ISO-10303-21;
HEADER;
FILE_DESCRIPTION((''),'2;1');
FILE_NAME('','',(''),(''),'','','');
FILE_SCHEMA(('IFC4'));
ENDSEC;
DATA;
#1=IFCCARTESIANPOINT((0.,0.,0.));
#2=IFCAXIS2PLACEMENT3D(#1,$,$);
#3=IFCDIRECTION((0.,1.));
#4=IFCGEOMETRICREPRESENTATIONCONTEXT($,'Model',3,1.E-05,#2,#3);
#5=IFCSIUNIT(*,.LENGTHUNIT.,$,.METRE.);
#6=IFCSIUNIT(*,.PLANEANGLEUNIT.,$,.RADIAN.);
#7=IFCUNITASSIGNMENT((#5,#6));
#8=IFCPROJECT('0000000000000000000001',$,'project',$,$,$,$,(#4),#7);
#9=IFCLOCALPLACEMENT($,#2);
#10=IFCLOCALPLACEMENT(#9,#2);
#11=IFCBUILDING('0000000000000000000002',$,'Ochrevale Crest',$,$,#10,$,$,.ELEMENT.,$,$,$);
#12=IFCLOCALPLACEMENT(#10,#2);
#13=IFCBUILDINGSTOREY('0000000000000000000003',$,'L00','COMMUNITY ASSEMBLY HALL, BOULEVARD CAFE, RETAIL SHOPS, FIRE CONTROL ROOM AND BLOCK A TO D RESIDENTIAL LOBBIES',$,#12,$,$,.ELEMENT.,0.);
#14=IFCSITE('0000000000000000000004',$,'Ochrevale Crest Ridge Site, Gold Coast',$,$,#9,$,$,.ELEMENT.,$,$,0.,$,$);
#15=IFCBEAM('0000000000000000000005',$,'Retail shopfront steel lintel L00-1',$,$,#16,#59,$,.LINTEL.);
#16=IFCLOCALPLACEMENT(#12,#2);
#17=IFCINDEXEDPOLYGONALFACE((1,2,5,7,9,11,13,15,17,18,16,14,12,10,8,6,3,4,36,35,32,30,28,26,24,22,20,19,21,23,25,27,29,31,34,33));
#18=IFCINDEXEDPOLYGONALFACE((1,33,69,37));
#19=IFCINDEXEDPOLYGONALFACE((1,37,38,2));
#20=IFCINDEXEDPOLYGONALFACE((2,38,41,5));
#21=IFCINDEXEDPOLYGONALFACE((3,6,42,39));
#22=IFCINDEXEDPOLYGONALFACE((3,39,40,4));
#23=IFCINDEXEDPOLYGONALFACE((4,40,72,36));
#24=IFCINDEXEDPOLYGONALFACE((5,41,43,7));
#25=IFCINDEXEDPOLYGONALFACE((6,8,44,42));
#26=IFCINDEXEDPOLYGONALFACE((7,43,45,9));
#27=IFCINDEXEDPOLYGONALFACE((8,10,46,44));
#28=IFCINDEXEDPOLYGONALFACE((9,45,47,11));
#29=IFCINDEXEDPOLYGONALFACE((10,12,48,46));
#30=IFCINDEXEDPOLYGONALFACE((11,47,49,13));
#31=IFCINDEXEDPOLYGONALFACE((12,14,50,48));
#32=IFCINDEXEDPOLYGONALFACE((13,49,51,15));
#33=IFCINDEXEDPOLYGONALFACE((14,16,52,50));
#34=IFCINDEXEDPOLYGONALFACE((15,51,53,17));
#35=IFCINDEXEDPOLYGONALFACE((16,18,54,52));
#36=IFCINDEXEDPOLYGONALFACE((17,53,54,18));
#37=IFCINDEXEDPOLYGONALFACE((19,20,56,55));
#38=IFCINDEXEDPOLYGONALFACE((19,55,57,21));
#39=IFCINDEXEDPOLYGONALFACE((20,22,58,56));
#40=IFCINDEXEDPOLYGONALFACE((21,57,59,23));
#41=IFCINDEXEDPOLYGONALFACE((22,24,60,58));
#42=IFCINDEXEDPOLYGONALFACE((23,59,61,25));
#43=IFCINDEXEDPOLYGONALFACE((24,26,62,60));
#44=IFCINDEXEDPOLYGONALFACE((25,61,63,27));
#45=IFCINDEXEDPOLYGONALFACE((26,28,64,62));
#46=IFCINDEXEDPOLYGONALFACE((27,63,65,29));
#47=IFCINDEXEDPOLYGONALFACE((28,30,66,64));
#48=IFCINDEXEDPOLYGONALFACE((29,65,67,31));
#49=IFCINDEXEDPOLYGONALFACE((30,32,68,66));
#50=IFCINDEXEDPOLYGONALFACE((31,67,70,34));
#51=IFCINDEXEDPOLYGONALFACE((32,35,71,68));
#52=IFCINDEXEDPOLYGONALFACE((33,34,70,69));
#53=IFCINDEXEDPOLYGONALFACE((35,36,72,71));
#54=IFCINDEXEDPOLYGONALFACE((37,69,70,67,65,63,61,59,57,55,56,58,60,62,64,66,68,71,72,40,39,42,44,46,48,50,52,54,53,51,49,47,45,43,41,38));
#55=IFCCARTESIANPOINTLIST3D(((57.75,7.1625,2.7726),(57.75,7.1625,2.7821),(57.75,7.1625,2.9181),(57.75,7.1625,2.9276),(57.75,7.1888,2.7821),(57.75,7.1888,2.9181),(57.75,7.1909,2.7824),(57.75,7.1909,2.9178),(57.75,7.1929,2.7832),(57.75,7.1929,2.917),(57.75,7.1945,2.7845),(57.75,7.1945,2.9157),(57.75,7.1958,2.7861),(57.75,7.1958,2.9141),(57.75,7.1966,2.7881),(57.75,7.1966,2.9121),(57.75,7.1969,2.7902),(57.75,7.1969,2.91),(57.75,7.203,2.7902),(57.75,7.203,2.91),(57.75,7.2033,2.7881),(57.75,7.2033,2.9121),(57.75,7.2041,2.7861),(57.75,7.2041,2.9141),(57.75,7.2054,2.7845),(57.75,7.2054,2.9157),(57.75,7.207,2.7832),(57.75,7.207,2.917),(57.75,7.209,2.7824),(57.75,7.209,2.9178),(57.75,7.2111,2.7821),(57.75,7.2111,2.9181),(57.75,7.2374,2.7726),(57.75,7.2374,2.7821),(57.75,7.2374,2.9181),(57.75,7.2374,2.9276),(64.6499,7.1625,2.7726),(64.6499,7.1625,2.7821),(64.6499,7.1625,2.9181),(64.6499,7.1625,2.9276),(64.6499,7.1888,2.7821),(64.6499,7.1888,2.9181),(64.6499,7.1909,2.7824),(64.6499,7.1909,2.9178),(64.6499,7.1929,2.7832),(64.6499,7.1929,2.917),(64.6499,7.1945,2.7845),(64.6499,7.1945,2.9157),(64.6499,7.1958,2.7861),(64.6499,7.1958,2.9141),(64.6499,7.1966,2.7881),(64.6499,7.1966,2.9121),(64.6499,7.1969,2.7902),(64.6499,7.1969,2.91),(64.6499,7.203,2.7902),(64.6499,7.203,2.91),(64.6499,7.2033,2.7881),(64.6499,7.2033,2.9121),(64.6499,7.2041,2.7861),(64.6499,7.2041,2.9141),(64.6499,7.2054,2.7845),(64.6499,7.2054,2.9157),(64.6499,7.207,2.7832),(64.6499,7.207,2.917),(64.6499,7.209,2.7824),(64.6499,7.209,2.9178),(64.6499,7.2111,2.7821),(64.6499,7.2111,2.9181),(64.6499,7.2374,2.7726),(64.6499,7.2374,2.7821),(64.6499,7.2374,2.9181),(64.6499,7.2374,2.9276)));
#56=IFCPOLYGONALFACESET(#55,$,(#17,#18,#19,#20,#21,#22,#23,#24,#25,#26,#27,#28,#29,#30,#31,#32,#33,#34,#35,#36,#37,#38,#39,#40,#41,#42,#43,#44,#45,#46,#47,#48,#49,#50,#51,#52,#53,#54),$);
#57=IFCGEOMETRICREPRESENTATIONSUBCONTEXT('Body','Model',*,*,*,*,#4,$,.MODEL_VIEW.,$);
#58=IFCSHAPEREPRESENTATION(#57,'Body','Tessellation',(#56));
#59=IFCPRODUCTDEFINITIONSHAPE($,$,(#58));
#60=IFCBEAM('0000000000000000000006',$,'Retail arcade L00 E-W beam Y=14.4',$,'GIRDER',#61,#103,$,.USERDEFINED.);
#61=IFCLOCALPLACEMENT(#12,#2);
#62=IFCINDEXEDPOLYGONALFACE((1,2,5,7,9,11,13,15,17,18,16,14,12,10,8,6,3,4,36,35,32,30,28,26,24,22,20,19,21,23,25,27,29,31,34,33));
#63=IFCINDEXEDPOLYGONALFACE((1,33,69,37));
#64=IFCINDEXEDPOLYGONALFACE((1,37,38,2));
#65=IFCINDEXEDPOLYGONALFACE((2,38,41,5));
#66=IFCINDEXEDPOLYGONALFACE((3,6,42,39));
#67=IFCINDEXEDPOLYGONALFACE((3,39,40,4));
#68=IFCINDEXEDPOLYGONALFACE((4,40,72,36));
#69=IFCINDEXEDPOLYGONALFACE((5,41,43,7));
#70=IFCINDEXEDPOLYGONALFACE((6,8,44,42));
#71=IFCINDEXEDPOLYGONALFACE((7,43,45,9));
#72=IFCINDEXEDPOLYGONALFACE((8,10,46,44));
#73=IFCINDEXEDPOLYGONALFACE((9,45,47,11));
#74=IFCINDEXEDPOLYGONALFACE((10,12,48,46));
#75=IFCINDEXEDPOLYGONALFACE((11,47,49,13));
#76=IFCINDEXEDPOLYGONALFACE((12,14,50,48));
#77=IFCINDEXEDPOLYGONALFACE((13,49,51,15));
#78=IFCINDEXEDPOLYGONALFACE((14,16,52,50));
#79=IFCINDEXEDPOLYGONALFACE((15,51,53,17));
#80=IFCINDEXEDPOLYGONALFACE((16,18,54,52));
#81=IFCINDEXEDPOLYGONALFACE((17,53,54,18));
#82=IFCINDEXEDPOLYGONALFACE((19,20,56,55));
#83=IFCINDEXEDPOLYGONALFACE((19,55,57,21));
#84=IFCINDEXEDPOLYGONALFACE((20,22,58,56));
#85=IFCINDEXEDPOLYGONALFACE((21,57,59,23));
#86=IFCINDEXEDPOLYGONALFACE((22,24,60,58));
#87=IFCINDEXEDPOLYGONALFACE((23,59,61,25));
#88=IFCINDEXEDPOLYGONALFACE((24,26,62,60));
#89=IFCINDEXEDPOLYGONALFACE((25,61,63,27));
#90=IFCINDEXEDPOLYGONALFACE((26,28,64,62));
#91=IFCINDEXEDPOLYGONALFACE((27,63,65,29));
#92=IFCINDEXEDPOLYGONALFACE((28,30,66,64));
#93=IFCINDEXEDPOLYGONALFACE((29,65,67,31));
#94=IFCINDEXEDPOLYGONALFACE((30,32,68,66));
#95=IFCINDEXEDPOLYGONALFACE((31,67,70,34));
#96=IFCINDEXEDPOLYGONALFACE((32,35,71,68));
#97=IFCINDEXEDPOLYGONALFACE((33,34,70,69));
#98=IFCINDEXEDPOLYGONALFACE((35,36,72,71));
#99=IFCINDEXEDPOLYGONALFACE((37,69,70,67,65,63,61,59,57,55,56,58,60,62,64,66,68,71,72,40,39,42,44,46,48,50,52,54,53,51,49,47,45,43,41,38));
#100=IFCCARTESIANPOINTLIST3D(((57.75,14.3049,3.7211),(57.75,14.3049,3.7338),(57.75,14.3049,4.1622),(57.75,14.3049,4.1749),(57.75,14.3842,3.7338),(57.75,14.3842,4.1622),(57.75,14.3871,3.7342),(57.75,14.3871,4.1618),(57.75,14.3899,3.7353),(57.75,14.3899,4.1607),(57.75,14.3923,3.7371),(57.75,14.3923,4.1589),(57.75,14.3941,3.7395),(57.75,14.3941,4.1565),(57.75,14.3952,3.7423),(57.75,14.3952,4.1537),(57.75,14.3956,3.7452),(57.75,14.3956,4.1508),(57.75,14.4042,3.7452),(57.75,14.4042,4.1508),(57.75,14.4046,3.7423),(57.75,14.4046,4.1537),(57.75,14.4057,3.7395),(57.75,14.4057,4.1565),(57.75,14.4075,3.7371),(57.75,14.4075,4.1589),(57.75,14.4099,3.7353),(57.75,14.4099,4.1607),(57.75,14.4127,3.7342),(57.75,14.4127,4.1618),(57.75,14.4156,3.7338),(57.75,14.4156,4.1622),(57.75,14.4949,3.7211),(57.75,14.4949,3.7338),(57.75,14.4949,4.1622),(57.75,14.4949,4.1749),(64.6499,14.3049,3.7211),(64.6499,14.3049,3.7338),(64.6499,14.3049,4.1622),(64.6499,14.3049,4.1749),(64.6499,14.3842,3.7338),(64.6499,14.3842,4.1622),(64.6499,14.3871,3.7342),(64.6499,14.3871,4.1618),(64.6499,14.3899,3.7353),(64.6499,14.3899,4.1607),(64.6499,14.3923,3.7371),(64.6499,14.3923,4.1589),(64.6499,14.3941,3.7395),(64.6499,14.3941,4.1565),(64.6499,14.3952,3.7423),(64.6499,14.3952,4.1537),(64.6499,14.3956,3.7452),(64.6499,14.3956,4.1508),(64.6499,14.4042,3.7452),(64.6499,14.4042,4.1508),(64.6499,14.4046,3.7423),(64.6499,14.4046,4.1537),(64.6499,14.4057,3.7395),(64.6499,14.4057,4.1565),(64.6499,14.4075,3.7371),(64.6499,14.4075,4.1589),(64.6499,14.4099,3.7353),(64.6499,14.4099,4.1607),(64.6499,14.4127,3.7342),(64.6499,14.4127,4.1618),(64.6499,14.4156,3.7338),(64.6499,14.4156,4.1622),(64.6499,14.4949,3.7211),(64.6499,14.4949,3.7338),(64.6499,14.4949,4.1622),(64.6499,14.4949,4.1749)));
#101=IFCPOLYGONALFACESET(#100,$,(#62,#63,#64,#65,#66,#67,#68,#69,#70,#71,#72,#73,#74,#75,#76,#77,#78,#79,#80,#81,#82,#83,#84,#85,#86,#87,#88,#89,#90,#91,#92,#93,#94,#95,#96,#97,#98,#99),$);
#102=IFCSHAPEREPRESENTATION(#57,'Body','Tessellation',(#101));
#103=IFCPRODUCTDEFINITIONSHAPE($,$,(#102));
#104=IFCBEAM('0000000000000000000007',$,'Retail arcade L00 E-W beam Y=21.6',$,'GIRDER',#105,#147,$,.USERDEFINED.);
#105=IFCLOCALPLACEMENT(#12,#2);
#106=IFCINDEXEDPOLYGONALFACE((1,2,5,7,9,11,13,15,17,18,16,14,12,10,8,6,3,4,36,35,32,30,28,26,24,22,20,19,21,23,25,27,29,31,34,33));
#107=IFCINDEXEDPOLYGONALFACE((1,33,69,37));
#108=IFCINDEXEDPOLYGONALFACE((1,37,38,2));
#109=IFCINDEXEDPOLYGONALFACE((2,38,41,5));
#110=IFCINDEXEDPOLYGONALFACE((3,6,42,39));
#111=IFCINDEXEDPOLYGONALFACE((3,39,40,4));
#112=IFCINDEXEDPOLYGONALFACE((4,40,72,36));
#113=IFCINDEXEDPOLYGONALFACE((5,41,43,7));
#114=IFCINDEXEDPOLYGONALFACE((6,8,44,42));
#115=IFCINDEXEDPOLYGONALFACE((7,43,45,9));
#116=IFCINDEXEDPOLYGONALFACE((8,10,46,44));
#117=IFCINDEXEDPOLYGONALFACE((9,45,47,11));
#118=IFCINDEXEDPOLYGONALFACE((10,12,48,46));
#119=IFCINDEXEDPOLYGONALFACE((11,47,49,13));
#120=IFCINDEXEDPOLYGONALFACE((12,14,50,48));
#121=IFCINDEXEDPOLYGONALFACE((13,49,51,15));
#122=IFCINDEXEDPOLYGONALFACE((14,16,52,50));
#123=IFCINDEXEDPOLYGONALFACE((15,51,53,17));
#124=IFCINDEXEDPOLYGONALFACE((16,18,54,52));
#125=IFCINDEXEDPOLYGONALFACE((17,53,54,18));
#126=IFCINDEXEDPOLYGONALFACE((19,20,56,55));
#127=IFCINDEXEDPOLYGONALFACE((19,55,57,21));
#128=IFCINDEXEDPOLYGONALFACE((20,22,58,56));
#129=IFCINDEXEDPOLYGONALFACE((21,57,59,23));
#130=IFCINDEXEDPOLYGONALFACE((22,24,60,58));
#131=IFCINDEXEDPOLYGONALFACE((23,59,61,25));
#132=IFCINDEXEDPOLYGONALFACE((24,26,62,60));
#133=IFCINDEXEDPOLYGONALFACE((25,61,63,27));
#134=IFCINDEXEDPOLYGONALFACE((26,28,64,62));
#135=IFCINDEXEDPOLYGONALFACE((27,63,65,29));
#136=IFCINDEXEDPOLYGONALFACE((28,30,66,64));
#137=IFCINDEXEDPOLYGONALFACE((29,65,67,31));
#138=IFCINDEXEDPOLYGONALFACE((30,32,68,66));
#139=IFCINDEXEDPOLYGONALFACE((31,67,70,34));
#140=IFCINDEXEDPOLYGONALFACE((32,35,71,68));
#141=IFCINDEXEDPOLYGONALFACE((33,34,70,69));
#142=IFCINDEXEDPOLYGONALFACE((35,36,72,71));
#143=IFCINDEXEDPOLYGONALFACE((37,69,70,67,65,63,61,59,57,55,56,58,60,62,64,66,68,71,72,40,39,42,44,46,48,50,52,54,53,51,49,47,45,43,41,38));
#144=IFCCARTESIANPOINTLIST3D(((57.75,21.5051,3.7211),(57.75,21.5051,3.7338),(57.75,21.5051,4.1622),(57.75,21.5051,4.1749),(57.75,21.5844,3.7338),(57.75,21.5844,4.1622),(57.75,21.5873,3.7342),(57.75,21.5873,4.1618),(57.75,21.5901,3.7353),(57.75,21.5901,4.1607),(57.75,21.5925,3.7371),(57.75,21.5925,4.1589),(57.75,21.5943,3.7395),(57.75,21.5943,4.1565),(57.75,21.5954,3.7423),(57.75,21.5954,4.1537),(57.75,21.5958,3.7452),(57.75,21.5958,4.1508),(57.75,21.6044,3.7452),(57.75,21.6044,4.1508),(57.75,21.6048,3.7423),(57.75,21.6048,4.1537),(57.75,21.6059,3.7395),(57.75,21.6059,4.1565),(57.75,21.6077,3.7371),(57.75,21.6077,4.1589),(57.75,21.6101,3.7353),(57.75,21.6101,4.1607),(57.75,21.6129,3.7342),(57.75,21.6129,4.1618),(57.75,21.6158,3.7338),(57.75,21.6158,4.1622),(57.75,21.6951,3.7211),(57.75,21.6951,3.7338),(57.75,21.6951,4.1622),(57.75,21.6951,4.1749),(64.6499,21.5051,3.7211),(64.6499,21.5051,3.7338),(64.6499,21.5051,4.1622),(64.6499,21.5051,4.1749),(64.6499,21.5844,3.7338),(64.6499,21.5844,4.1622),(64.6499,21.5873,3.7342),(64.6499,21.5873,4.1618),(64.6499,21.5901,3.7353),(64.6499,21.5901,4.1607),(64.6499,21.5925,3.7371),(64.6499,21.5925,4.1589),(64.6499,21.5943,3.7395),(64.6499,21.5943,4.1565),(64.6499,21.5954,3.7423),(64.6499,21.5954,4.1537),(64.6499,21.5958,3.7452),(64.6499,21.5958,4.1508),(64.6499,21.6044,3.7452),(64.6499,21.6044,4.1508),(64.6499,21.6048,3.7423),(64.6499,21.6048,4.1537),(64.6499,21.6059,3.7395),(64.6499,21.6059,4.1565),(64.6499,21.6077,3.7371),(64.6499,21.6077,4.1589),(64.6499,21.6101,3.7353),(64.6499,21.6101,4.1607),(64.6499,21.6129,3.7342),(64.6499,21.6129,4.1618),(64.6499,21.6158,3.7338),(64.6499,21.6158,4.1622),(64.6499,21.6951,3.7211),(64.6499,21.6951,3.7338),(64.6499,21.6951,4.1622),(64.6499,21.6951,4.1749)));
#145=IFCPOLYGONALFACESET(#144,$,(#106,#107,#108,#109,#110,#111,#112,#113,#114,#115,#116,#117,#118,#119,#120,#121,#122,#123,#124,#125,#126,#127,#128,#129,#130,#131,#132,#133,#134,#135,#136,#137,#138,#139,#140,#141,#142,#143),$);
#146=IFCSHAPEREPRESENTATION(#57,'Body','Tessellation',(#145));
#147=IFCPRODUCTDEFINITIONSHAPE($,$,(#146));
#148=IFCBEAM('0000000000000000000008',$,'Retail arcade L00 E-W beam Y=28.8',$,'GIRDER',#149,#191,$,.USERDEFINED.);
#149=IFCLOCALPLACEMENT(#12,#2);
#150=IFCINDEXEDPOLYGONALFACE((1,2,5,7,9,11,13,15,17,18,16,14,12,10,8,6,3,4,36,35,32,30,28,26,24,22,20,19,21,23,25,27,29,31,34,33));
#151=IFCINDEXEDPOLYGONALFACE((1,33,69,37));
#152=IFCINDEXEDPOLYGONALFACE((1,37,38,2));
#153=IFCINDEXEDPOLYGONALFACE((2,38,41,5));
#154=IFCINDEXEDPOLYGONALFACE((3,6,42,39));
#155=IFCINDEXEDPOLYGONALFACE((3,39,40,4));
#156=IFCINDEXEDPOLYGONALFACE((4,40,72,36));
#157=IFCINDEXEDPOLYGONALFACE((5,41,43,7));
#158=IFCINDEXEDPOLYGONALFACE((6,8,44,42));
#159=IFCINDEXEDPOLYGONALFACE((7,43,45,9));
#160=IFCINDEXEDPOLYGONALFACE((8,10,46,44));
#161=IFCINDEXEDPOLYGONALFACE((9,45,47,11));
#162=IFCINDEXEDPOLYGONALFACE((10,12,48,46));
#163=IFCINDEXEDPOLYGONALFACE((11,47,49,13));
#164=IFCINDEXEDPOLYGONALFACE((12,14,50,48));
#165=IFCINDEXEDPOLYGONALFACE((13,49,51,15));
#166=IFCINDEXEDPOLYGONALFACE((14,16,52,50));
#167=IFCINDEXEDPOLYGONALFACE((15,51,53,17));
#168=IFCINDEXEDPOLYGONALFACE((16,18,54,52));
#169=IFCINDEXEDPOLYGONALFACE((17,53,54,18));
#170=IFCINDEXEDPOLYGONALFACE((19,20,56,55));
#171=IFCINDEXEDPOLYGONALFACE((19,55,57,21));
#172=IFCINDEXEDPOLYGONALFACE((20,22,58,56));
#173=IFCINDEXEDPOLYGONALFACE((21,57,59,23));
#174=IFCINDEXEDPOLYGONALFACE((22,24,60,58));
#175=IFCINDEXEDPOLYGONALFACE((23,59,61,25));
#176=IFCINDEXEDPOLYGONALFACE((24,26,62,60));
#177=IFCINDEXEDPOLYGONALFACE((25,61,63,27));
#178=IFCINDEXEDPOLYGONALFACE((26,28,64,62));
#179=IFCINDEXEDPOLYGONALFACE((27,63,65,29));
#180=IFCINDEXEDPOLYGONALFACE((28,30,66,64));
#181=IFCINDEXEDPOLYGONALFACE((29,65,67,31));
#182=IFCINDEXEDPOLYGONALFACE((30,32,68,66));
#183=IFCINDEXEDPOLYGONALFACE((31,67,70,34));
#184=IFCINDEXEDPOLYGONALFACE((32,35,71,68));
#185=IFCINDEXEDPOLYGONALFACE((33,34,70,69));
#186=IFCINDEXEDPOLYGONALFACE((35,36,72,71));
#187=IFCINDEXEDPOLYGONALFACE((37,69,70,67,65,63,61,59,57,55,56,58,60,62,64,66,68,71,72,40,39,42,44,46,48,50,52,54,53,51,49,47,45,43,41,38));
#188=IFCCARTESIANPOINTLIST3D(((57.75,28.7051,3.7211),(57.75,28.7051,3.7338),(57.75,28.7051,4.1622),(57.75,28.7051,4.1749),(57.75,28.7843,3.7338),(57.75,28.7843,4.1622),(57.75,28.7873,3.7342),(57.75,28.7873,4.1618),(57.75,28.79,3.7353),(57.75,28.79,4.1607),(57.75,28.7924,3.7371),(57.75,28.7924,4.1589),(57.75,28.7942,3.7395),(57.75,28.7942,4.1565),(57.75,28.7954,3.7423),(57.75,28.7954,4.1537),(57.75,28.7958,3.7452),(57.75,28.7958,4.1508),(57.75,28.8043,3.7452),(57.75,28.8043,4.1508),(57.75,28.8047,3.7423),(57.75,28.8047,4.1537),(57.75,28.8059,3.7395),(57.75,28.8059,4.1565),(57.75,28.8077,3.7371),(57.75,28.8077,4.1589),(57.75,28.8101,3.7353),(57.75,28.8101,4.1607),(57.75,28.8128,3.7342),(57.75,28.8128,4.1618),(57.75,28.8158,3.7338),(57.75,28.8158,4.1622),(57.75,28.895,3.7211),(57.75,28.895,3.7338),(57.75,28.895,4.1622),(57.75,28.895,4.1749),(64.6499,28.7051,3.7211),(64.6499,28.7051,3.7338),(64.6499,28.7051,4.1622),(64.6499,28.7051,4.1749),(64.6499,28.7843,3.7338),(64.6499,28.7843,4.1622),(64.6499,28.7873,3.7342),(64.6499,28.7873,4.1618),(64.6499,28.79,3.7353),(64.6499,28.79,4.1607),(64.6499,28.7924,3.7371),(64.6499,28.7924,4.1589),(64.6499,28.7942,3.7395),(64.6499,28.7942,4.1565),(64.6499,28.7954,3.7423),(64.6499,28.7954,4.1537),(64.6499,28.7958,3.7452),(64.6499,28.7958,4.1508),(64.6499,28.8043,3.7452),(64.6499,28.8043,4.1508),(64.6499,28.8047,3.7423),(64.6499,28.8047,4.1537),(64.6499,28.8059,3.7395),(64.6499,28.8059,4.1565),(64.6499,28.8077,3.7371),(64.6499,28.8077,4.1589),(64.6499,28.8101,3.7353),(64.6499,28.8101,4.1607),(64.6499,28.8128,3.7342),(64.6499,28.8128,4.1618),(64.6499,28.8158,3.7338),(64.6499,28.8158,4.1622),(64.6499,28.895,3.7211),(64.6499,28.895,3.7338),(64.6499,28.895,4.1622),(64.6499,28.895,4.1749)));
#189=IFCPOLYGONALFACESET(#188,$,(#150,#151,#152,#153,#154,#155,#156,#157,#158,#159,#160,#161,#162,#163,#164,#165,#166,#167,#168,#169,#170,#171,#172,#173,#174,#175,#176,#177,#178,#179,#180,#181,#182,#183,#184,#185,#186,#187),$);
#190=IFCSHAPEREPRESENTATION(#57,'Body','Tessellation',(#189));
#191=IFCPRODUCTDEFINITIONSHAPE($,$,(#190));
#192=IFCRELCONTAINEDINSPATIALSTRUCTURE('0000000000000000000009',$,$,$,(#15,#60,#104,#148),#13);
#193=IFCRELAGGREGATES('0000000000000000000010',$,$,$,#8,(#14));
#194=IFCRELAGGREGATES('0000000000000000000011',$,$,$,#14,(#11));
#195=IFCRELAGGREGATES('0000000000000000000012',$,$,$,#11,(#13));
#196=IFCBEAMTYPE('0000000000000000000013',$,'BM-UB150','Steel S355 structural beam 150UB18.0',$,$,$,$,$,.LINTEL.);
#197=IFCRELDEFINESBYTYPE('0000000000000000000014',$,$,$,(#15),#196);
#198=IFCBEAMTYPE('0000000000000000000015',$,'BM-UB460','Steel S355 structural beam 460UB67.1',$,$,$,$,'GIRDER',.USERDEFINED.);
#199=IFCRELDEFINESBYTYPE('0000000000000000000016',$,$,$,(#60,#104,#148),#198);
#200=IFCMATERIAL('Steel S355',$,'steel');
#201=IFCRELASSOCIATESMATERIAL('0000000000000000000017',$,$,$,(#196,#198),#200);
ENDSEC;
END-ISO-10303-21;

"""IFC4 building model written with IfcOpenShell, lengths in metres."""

from ifc_helpers import new_model, si_unit, direction, frame, origin, origin_2d, place, context, subcontext, project, spatial, i_section, extrude, material, material_profile, profile_set, type_object, element, save


model = new_model("IFC4")

# Units and contexts
model_context = context("Model", 3, precision=1e-05, world=origin(), true_north=direction((0.0, 1.0)))
body_context = subcontext(model_context, "Body", "Model", "MODEL_VIEW")
ifc_project = project(units=[si_unit("LENGTHUNIT", "METRE"), si_unit("PLANEANGLEUNIT", "RADIAN")], contexts=[model_context])

# Site, building, storey
site_placement = place(None, origin())
site = spatial("IfcSite", under=ifc_project, at=site_placement, Name="Ochrevale Crest Ridge Site, Gold Coast", CompositionType="ELEMENT", RefElevation=0.0)
building_placement = place(site_placement, origin())
building = spatial("IfcBuilding", under=site, at=building_placement, Name="Ochrevale Crest", CompositionType="ELEMENT")
storey_placement = place(building_placement, origin())
storey = spatial("IfcBuildingStorey", under=building, at=storey_placement, Name="L00", Description="COMMUNITY ASSEMBLY HALL, BOULEVARD CAFE, RETAIL SHOPS, FIRE CONTROL ROOM AND BLOCK A TO D RESIDENTIAL LOBBIES", CompositionType="ELEMENT", Elevation=0.0)

# Shared definitions
ifc_material_1 = material(Name="Steel S355", Category="steel")

# Beams
ifc_material_profile_1 = material_profile(ifc_material_1, i_section(OverallWidth=0.075, OverallDepth=0.155, WebThickness=0.0061, FlangeThickness=0.0095, FilletRadius=0.0081, at=origin_2d()), Name="150UB18.0")
ifc_profile_set_1 = profile_set([ifc_material_profile_1], Name="Steel S355")
beam_type_1 = type_object("IfcBeamType", Name="BM-UB150", Description="Steel S355 structural beam 150UB18.0", PredefinedType="LINTEL", material=ifc_profile_set_1)
beam_1_placement = place(storey_placement, frame((57.75, 7.2, 2.8501), z_axis=(1.0, 0.0, 0.0), x_axis=(0.0, 1.0, 0.0)))
element("IfcBeam", 1, at=beam_1_placement, inside=storey, type_object=beam_type_1, Name="Retail shopfront steel lintel L00-1", PredefinedType="LINTEL", context=body_context, shape_type="SweptSolid", body=[
    extrude(i_section(OverallWidth=0.075, OverallDepth=0.155, WebThickness=0.0061, FlangeThickness=0.0095, FilletRadius=0.0081, at=origin_2d()), origin(), (0.0, 0.0, 1.0), 6.8999),
])
ifc_material_profile_2 = material_profile(ifc_material_1, i_section(OverallWidth=0.1899, OverallDepth=0.4539, WebThickness=0.0085, FlangeThickness=0.0127, FilletRadius=0.0115, at=origin_2d()), Name="460UB67.1")
ifc_profile_set_2 = profile_set([ifc_material_profile_2], Name="Steel S355")
beam_type_2 = type_object("IfcBeamType", Name="BM-UB460", Description="Steel S355 structural beam 460UB67.1", ElementType="GIRDER", PredefinedType="USERDEFINED", material=ifc_profile_set_2)
for number, where, z_axis, x_axis, name in (
    (2, (57.75, 14.3999, 3.948), (1.0, 0.0, 0.0), (0.0, 1.0, 0.0), "Retail arcade L00 E-W beam Y=14.4"),
    (3, (57.75, 21.6001, 3.948), (1.0, 0.0, 0.0), (0.0, 1.0, 0.0), "Retail arcade L00 E-W beam Y=21.6"),
    (4, (57.75, 28.8, 3.948), (1.0, 0.0, 0.0), (0.0, 1.0, 0.0), "Retail arcade L00 E-W beam Y=28.8"),
):
    element("IfcBeam", number, at=place(storey_placement, frame(where, z_axis=z_axis, x_axis=x_axis)), inside=storey, type_object=beam_type_2, Name=name, ObjectType="GIRDER", PredefinedType="USERDEFINED", context=body_context, shape_type="SweptSolid", body=[
        extrude(i_section(OverallWidth=0.1899, OverallDepth=0.4539, WebThickness=0.0085, FlangeThickness=0.0127, FilletRadius=0.0115, at=origin_2d()), origin(), (0.0, 0.0, 1.0), 6.8999),
    ])

save(model, "model.ifc")
